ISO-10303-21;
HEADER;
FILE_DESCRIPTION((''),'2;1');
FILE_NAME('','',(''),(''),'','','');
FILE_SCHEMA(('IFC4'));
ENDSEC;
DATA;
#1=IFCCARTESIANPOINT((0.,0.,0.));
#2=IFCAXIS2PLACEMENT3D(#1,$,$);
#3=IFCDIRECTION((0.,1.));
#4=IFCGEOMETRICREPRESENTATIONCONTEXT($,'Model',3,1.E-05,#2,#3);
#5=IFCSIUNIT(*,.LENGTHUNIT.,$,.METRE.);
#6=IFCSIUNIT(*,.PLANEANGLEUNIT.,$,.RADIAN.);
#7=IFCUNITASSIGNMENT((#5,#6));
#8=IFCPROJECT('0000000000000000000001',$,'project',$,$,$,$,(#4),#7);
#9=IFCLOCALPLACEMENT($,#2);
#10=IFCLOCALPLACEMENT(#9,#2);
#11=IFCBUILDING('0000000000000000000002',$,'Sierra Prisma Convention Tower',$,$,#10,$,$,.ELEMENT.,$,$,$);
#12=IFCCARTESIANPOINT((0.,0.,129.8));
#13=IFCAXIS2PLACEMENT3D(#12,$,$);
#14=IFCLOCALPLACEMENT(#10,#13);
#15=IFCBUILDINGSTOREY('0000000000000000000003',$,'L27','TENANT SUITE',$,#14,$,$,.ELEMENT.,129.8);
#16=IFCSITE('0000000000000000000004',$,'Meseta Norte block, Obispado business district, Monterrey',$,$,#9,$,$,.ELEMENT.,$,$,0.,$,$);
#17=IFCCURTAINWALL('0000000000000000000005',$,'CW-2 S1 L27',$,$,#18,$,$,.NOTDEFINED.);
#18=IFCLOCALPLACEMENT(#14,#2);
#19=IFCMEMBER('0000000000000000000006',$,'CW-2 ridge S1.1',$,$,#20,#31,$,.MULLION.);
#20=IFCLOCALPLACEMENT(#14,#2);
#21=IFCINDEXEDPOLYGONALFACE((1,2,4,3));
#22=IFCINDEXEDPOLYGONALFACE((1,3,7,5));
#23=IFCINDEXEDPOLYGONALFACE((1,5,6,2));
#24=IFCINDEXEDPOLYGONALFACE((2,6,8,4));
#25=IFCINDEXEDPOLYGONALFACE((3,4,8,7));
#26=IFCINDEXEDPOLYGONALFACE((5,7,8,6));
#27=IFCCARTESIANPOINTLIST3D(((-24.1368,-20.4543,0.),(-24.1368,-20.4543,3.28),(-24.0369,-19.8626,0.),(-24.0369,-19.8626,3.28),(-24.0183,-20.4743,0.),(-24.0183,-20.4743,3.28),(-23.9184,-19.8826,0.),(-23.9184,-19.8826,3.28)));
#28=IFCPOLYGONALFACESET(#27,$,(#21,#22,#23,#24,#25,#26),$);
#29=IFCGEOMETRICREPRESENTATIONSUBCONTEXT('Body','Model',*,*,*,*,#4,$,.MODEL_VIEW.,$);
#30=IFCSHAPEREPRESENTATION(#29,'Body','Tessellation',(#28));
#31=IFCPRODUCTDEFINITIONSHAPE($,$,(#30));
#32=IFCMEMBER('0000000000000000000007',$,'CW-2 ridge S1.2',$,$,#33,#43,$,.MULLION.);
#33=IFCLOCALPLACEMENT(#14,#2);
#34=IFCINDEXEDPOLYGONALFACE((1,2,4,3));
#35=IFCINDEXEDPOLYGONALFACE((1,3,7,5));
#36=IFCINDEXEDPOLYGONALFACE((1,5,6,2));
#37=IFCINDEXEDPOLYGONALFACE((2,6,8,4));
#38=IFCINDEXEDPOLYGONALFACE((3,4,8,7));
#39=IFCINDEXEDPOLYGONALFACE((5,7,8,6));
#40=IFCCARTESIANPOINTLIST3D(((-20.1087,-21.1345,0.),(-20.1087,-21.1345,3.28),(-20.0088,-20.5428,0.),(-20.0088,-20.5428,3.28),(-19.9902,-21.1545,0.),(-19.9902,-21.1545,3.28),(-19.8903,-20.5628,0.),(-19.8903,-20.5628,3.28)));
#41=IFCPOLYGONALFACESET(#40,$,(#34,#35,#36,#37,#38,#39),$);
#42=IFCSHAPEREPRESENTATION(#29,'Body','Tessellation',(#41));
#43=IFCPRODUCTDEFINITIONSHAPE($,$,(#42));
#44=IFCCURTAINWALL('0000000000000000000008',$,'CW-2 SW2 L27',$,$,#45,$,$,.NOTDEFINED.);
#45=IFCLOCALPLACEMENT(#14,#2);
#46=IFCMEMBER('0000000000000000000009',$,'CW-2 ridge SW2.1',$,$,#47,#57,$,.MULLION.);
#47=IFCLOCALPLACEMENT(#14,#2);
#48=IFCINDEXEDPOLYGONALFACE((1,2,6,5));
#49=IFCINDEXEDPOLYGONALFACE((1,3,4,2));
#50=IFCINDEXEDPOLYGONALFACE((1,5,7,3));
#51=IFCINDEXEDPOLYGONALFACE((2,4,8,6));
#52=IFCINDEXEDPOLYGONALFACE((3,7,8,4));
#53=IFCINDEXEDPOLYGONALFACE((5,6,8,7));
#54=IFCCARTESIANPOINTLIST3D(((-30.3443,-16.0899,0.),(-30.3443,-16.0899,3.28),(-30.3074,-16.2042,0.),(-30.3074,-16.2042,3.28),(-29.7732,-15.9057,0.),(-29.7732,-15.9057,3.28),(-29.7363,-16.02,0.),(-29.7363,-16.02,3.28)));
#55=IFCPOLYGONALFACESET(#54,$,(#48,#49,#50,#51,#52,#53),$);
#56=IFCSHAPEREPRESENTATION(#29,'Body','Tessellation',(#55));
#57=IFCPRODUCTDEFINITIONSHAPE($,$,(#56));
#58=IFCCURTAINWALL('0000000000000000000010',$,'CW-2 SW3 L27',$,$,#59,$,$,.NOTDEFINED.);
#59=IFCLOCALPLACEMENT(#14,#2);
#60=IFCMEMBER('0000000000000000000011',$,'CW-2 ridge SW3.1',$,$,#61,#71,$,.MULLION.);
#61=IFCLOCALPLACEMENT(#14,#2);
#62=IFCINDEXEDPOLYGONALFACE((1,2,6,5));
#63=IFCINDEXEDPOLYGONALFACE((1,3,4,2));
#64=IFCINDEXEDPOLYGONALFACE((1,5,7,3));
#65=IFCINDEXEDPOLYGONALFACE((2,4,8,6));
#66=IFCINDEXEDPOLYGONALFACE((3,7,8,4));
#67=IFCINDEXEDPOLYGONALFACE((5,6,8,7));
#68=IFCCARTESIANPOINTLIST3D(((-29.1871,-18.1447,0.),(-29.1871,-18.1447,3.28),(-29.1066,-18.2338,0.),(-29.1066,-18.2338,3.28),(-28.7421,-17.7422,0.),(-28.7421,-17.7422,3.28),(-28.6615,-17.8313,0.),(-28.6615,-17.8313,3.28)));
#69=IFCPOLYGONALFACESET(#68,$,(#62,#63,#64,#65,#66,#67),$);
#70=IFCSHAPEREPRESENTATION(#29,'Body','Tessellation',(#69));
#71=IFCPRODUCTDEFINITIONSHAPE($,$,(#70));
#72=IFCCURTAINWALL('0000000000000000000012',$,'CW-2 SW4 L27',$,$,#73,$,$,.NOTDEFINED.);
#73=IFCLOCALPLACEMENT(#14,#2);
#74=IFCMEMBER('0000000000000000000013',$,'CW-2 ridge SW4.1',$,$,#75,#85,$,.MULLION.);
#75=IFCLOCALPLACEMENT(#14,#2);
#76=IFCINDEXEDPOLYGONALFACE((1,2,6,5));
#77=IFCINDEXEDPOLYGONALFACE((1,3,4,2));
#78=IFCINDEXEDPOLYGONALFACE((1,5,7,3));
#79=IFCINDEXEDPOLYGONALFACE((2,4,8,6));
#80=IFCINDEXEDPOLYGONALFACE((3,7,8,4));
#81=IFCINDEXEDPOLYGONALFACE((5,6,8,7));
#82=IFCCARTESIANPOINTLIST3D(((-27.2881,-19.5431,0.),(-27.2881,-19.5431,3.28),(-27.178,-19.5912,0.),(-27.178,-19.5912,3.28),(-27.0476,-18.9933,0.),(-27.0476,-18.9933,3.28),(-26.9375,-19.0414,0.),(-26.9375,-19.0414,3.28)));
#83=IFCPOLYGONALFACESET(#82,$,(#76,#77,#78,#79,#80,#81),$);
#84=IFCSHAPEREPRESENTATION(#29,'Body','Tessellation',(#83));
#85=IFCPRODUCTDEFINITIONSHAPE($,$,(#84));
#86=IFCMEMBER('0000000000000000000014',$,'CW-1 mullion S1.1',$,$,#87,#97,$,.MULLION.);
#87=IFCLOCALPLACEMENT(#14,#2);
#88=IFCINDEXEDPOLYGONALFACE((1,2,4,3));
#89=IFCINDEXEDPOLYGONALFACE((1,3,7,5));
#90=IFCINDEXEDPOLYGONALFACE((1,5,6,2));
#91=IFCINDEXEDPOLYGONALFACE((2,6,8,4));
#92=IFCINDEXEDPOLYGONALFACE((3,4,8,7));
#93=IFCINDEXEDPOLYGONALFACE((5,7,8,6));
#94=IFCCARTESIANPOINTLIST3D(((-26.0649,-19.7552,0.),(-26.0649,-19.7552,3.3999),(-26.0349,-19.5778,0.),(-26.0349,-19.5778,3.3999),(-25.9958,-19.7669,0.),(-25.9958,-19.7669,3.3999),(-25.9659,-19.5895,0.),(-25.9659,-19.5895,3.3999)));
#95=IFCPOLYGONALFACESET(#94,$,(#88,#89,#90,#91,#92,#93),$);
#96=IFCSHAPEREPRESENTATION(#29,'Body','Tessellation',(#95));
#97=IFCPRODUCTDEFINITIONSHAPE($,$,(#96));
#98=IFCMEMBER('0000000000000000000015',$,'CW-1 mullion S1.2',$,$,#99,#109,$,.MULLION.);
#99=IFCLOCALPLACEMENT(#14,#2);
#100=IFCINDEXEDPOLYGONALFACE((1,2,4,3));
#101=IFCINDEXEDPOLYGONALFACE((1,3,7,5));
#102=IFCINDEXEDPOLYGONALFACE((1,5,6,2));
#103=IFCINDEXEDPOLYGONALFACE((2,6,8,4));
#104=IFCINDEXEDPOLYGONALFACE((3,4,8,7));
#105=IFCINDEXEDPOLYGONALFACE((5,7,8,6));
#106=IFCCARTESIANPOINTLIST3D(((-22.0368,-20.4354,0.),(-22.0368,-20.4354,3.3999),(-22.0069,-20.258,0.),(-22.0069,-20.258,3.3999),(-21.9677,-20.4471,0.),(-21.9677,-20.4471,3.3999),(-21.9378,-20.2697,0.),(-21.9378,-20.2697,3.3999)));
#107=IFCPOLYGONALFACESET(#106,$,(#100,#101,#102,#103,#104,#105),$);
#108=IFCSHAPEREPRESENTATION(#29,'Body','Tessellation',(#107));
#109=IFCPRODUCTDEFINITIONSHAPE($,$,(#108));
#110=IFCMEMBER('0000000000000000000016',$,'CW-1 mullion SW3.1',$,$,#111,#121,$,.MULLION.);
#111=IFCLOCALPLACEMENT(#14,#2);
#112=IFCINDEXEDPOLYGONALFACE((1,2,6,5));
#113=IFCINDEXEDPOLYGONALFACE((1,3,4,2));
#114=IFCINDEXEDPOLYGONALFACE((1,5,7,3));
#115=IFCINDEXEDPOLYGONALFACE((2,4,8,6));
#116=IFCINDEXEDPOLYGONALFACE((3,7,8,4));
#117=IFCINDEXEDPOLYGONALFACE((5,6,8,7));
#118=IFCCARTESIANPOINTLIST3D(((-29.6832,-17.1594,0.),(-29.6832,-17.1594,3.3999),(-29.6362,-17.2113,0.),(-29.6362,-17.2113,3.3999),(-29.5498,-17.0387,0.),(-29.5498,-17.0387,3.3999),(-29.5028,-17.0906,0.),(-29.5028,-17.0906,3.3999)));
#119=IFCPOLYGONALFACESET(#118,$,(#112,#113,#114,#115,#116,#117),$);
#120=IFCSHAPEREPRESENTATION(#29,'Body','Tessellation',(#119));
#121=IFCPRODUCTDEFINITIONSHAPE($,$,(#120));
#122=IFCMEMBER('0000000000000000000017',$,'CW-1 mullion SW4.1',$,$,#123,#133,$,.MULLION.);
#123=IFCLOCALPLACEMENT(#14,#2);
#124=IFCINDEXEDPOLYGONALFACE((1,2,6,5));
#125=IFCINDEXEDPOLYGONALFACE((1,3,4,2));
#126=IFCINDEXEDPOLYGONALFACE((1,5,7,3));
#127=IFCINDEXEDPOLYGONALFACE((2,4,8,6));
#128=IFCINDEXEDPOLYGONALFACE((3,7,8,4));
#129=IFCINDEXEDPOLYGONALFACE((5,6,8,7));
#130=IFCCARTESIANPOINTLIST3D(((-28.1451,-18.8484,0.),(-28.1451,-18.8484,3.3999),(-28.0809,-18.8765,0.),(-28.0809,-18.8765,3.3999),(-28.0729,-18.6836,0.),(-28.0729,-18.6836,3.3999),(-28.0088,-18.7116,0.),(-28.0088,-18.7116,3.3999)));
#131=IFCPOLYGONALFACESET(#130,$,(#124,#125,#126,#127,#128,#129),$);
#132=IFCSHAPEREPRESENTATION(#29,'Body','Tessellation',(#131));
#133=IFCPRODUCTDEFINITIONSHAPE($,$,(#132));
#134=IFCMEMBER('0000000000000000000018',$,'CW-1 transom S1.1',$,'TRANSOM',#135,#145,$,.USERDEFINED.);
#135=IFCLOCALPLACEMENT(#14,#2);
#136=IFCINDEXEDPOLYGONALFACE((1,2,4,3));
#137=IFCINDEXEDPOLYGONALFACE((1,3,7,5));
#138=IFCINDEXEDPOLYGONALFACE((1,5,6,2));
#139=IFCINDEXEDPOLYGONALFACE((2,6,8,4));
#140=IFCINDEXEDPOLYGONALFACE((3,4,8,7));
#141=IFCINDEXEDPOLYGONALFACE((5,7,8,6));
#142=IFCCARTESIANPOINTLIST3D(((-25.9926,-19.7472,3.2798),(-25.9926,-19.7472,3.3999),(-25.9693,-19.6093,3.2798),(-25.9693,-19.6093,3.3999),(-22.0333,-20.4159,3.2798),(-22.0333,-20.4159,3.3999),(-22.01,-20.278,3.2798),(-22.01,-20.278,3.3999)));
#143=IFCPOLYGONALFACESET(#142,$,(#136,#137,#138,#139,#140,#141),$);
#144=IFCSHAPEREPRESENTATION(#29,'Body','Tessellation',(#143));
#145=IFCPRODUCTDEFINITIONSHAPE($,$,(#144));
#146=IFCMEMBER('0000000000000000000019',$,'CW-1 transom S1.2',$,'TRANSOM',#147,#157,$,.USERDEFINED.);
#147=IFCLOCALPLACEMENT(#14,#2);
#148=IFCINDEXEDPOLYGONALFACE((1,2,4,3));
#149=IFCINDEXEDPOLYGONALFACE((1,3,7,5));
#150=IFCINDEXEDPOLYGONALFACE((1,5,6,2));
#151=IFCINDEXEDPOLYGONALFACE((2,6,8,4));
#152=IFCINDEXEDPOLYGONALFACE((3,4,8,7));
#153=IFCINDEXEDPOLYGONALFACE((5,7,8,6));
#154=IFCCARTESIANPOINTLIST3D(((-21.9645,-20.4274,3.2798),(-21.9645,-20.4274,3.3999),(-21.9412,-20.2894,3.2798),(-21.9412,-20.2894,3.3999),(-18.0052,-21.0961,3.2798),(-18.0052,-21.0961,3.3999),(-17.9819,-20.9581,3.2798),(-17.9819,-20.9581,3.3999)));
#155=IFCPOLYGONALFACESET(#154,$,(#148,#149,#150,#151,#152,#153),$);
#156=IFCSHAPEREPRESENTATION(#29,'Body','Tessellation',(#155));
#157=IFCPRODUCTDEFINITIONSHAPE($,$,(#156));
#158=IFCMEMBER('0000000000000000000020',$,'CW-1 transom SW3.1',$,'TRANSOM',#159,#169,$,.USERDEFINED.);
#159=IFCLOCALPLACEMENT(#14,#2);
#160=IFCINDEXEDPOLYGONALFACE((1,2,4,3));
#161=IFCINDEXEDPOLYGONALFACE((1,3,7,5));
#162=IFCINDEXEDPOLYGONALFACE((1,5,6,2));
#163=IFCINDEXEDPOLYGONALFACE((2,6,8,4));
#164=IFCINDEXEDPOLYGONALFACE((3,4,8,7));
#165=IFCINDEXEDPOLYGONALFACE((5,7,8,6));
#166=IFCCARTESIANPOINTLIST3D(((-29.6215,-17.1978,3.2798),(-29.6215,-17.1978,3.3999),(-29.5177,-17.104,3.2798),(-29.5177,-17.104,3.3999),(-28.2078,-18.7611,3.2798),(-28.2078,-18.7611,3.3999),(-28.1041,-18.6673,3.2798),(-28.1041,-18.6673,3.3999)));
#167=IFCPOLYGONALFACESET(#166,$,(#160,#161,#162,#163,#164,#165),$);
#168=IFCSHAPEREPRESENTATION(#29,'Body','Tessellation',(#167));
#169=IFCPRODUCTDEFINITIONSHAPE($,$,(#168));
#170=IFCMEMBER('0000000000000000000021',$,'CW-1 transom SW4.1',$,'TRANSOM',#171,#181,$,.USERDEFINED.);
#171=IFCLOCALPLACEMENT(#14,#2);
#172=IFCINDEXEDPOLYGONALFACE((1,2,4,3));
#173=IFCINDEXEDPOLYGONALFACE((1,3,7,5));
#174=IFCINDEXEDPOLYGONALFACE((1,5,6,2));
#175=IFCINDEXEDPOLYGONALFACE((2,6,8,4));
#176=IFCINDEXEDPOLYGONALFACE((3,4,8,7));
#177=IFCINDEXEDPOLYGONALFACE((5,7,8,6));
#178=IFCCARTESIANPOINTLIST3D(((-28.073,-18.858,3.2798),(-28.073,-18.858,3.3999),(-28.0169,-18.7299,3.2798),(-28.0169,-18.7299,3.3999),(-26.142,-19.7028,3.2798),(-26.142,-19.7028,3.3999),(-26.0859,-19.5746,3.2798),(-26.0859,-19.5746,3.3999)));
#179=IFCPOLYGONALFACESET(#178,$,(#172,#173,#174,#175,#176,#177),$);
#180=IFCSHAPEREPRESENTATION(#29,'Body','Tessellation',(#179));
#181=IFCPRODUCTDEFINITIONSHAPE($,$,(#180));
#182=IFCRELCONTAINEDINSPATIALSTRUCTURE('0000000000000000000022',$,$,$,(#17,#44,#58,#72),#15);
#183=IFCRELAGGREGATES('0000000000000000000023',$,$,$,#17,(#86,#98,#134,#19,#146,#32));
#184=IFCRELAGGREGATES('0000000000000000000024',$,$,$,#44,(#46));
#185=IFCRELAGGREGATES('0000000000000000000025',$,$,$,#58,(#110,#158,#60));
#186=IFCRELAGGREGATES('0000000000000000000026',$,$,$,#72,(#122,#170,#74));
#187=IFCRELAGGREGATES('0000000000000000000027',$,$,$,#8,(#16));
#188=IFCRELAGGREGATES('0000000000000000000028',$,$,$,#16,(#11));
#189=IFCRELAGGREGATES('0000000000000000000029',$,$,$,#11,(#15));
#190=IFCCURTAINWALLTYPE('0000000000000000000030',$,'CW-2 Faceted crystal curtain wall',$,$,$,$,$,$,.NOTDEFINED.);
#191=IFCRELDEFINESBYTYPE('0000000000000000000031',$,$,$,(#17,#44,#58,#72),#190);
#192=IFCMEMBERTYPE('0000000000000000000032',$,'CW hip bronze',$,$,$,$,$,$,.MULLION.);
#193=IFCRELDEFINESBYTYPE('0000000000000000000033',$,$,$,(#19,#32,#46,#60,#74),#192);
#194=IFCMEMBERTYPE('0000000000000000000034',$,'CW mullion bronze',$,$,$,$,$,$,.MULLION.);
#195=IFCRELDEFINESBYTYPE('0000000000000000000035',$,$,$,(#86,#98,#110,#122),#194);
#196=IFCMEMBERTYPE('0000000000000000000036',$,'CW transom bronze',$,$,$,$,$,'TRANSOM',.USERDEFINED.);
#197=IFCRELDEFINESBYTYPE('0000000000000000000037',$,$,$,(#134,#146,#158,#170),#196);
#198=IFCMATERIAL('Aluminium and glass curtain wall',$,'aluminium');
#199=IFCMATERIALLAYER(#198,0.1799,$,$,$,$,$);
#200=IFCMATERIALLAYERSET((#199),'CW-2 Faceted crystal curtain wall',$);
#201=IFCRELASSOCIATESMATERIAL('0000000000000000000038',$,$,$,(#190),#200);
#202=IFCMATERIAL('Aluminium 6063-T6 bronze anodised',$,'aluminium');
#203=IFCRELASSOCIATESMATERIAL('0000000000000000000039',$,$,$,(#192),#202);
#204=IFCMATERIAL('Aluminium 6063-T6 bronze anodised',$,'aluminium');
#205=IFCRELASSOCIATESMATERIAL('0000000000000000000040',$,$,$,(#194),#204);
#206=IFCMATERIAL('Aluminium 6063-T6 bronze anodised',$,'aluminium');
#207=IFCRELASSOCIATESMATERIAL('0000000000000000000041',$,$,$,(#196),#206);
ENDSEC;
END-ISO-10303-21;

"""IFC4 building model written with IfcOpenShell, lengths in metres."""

from ifc_helpers import new_model, si_unit, direction, frame, origin, origin_2d, place, context, subcontext, project, spatial, rectangle, extrude, material, layer, layer_set, material_profile, profile_set, type_object, element, aggregate, save


model = new_model("IFC4")

# Units and contexts
model_context = context("Model", 3, precision=1e-05, world=origin(), true_north=direction((0.0, 1.0)))
body_context = subcontext(model_context, "Body", "Model", "MODEL_VIEW")
ifc_project = project(units=[si_unit("LENGTHUNIT", "METRE"), si_unit("PLANEANGLEUNIT", "RADIAN")], contexts=[model_context])

# Site, building, storey
site_placement = place(None, origin())
site = spatial("IfcSite", under=ifc_project, at=site_placement, Name="Meseta Norte block, Obispado business district, Monterrey", CompositionType="ELEMENT", RefElevation=0.0)
building_placement = place(site_placement, origin())
building = spatial("IfcBuilding", under=site, at=building_placement, Name="Sierra Prisma Convention Tower", CompositionType="ELEMENT")
storey_placement = place(building_placement, frame((0.0, 0.0, 129.8)))
storey = spatial("IfcBuildingStorey", under=building, at=storey_placement, Name="L27", Description="TENANT SUITE", CompositionType="ELEMENT", Elevation=129.8)

# Curtain wall, members
ifc_material_1 = material(Name="Aluminium and glass curtain wall", Category="aluminium")
ifc_layer_1 = layer(ifc_material_1, 0.1799)
ifc_layer_set_1 = layer_set([ifc_layer_1], Name="CW-2 Faceted crystal curtain wall")
curtain_wall_type = type_object("IfcCurtainWallType", Name="CW-2 Faceted crystal curtain wall", PredefinedType="NOTDEFINED", material=ifc_layer_set_1)
curtain_wall_1_placement = place(storey_placement, origin())
curtain_wall_1 = element("IfcCurtainWall", 1, at=curtain_wall_1_placement, inside=storey, type_object=curtain_wall_type, Name="CW-2 S1 L27", PredefinedType="NOTDEFINED")
ifc_material_2 = material(Name="Aluminium 6063-T6 bronze anodised", Category="aluminium")
ifc_material_profile_1 = material_profile(ifc_material_2, rectangle(XDim=0.1201, YDim=0.6001, at=origin_2d()), Name="ALU RIDGE BLADE 120x600")
ifc_profile_set_1 = profile_set([ifc_material_profile_1], Name="Aluminium 6063-T6 bronze anodised")
member_type_1 = type_object("IfcMemberType", Name="CW hip bronze", PredefinedType="MULLION", material=ifc_profile_set_1)
member_1_placement = place(storey_placement, frame((-24.0276, -20.1685, 0.0), z_axis=(0.0, 0.0, 1.0), x_axis=(0.986042, -0.166499, 0.0)))
member_1 = element("IfcMember", 2, at=member_1_placement, type_object=member_type_1, Name="CW-2 ridge S1.1", PredefinedType="MULLION", context=body_context, shape_type="SweptSolid", body=[
    extrude(rectangle(XDim=0.1201, YDim=0.6001, at=origin_2d()), origin(), (0.0, 0.0, 1.0), 3.28),
])
member_2_placement = place(storey_placement, frame((-19.9995, -20.8486, 0.0), z_axis=(0.0, 0.0, 1.0), x_axis=(0.986042, -0.166499, 0.0)))
member_2 = element("IfcMember", 3, at=member_2_placement, type_object=member_type_1, Name="CW-2 ridge S1.2", PredefinedType="MULLION", context=body_context, shape_type="SweptSolid", body=[
    extrude(rectangle(XDim=0.1201, YDim=0.6001, at=origin_2d()), origin(), (0.0, 0.0, 1.0), 3.28),
])

# Curtain walls, members
curtain_wall_2_placement = place(storey_placement, origin())
curtain_wall_2 = element("IfcCurtainWall", 4, at=curtain_wall_2_placement, inside=storey, type_object=curtain_wall_type, Name="CW-2 SW2 L27", PredefinedType="NOTDEFINED")
member_3_placement = place(storey_placement, frame((-30.0403, -16.0549, 0.0), z_axis=(0.0, 0.0, 1.0), x_axis=(0.306946, -0.951727, 0.0)))
member_3 = element("IfcMember", 5, at=member_3_placement, type_object=member_type_1, Name="CW-2 ridge SW2.1", PredefinedType="MULLION", context=body_context, shape_type="SweptSolid", body=[
    extrude(rectangle(XDim=0.1201, YDim=0.6001, at=origin_2d()), origin(), (0.0, 0.0, 1.0), 3.28),
])
curtain_wall_3_placement = place(storey_placement, origin())
curtain_wall_3 = element("IfcCurtainWall", 6, at=curtain_wall_3_placement, inside=storey, type_object=curtain_wall_type, Name="CW-2 SW3 L27", PredefinedType="NOTDEFINED")
member_4_placement = place(storey_placement, frame((-28.9243, -17.988, 0.0), z_axis=(0.0, 0.0, 1.0), x_axis=(0.670746, -0.741687, 0.0)))
member_4 = element("IfcMember", 7, at=member_4_placement, type_object=member_type_1, Name="CW-2 ridge SW3.1", PredefinedType="MULLION", context=body_context, shape_type="SweptSolid", body=[
    extrude(rectangle(XDim=0.1201, YDim=0.6001, at=origin_2d()), origin(), (0.0, 0.0, 1.0), 3.28),
])
curtain_wall_4_placement = place(storey_placement, origin())
curtain_wall_4 = element("IfcCurtainWall", 8, at=curtain_wall_4_placement, inside=storey, type_object=curtain_wall_type, Name="CW-2 SW4 L27", PredefinedType="NOTDEFINED")
member_5_placement = place(storey_placement, frame((-27.1128, -19.2922, 0.0), z_axis=(0.0, 0.0, 1.0), x_axis=(0.916182, -0.400763, 0.0)))
member_5 = element("IfcMember", 9, at=member_5_placement, type_object=member_type_1, Name="CW-2 ridge SW4.1", PredefinedType="MULLION", context=body_context, shape_type="SweptSolid", body=[
    extrude(rectangle(XDim=0.1201, YDim=0.6001, at=origin_2d()), origin(), (0.0, 0.0, 1.0), 3.28),
])

# Members
ifc_material_3 = material(Name="Aluminium 6063-T6 bronze anodised", Category="aluminium")
ifc_material_profile_2 = material_profile(ifc_material_3, rectangle(XDim=0.1799, YDim=0.0701, at=origin_2d()), Name="ALU MULLION 70x180")
ifc_profile_set_2 = profile_set([ifc_material_profile_2], Name="Aluminium 6063-T6 bronze anodised")
member_type_2 = type_object("IfcMemberType", Name="CW mullion bronze", PredefinedType="MULLION", material=ifc_profile_set_2)
member_6_placement = place(storey_placement, frame((-26.0154, -19.6724, 0.0), z_axis=(0.0, 0.0, 1.0), x_axis=(0.166499, 0.986042, 0.0)))
member_6 = element("IfcMember", 10, at=member_6_placement, type_object=member_type_2, Name="CW-1 mullion S1.1", PredefinedType="MULLION", context=body_context, shape_type="SweptSolid", body=[
    extrude(rectangle(XDim=0.1799, YDim=0.0701, at=origin_2d()), origin(), (0.0, 0.0, 1.0), 3.3999),
])
member_7_placement = place(storey_placement, frame((-21.9873, -20.3525, 0.0), z_axis=(0.0, 0.0, 1.0), x_axis=(0.166499, 0.986042, 0.0)))
member_7 = element("IfcMember", 11, at=member_7_placement, type_object=member_type_2, Name="CW-1 mullion S1.2", PredefinedType="MULLION", context=body_context, shape_type="SweptSolid", body=[
    extrude(rectangle(XDim=0.1799, YDim=0.0701, at=origin_2d()), origin(), (0.0, 0.0, 1.0), 3.3999),
])
member_8_placement = place(storey_placement, frame((-29.593, -17.125, 0.0), z_axis=(0.0, 0.0, 1.0), x_axis=(0.741687, 0.670746, 0.0)))
member_8 = element("IfcMember", 12, at=member_8_placement, type_object=member_type_2, Name="CW-1 mullion SW3.1", PredefinedType="MULLION", context=body_context, shape_type="SweptSolid", body=[
    extrude(rectangle(XDim=0.1799, YDim=0.0701, at=origin_2d()), origin(), (0.0, 0.0, 1.0), 3.3999),
])
member_9_placement = place(storey_placement, frame((-28.0769, -18.78, 0.0), z_axis=(0.0, 0.0, 1.0), x_axis=(0.400763, 0.916182, 0.0)))
member_9 = element("IfcMember", 13, at=member_9_placement, type_object=member_type_2, Name="CW-1 mullion SW4.1", PredefinedType="MULLION", context=body_context, shape_type="SweptSolid", body=[
    extrude(rectangle(XDim=0.1799, YDim=0.0701, at=origin_2d()), origin(), (0.0, 0.0, 1.0), 3.3999),
])
ifc_material_4 = material(Name="Aluminium 6063-T6 bronze anodised", Category="aluminium")
ifc_material_profile_3 = material_profile(ifc_material_4, rectangle(XDim=0.1399, YDim=0.1201, at=origin_2d()), Name="ALU TRANSOM 120x140")
ifc_profile_set_3 = profile_set([ifc_material_profile_3], Name="Aluminium 6063-T6 bronze anodised")
member_type_3 = type_object("IfcMemberType", Name="CW transom bronze", ElementType="TRANSOM", PredefinedType="USERDEFINED", material=ifc_profile_set_3)
member_10_placement = place(storey_placement, frame((-25.981, -19.6782, 3.3398), z_axis=(0.986035, -0.166538, 0.0), x_axis=(0.166538, 0.986035, 0.0)))
member_10 = element("IfcMember", 14, at=member_10_placement, type_object=member_type_3, Name="CW-1 transom S1.1", ObjectType="TRANSOM", PredefinedType="USERDEFINED", context=body_context, shape_type="SweptSolid", body=[
    extrude(rectangle(XDim=0.1399, YDim=0.1201, at=origin_2d()), origin(), (0.0, 0.0, 1.0), 4.0154),
])
member_11_placement = place(storey_placement, frame((-21.9529, -20.3584, 3.3398), z_axis=(0.986035, -0.166538, 0.0), x_axis=(0.166538, 0.986035, 0.0)))
member_11 = element("IfcMember", 15, at=member_11_placement, type_object=member_type_3, Name="CW-1 transom S1.2", ObjectType="TRANSOM", PredefinedType="USERDEFINED", context=body_context, shape_type="SweptSolid", body=[
    extrude(rectangle(XDim=0.1399, YDim=0.1201, at=origin_2d()), origin(), (0.0, 0.0, 1.0), 4.0154),
])
member_12_placement = place(storey_placement, frame((-29.5696, -17.1509, 3.3398), z_axis=(0.67071, -0.74172, 0.0), x_axis=(0.74172, 0.67071, 0.0)))
member_12 = element("IfcMember", 16, at=member_12_placement, type_object=member_type_3, Name="CW-1 transom SW3.1", ObjectType="TRANSOM", PredefinedType="USERDEFINED", context=body_context, shape_type="SweptSolid", body=[
    extrude(rectangle(XDim=0.1399, YDim=0.1201, at=origin_2d()), origin(), (0.0, 0.0, 1.0), 2.1077),
])
member_13_placement = place(storey_placement, frame((-28.0449, -18.7939, 3.3398), z_axis=(0.916165, -0.400801, 0.0), x_axis=(0.400801, 0.916165, 0.0)))
member_13 = element("IfcMember", 17, at=member_13_placement, type_object=member_type_3, Name="CW-1 transom SW4.1", ObjectType="TRANSOM", PredefinedType="USERDEFINED", context=body_context, shape_type="SweptSolid", body=[
    extrude(rectangle(XDim=0.1399, YDim=0.1201, at=origin_2d()), origin(), (0.0, 0.0, 1.0), 2.1077),
])

aggregate(curtain_wall_1, [member_6, member_7, member_10, member_1, member_11, member_2])
aggregate(curtain_wall_2, [member_3])
aggregate(curtain_wall_3, [member_8, member_12, member_4])
aggregate(curtain_wall_4, [member_9, member_13, member_5])

save(model, "model.ifc")
